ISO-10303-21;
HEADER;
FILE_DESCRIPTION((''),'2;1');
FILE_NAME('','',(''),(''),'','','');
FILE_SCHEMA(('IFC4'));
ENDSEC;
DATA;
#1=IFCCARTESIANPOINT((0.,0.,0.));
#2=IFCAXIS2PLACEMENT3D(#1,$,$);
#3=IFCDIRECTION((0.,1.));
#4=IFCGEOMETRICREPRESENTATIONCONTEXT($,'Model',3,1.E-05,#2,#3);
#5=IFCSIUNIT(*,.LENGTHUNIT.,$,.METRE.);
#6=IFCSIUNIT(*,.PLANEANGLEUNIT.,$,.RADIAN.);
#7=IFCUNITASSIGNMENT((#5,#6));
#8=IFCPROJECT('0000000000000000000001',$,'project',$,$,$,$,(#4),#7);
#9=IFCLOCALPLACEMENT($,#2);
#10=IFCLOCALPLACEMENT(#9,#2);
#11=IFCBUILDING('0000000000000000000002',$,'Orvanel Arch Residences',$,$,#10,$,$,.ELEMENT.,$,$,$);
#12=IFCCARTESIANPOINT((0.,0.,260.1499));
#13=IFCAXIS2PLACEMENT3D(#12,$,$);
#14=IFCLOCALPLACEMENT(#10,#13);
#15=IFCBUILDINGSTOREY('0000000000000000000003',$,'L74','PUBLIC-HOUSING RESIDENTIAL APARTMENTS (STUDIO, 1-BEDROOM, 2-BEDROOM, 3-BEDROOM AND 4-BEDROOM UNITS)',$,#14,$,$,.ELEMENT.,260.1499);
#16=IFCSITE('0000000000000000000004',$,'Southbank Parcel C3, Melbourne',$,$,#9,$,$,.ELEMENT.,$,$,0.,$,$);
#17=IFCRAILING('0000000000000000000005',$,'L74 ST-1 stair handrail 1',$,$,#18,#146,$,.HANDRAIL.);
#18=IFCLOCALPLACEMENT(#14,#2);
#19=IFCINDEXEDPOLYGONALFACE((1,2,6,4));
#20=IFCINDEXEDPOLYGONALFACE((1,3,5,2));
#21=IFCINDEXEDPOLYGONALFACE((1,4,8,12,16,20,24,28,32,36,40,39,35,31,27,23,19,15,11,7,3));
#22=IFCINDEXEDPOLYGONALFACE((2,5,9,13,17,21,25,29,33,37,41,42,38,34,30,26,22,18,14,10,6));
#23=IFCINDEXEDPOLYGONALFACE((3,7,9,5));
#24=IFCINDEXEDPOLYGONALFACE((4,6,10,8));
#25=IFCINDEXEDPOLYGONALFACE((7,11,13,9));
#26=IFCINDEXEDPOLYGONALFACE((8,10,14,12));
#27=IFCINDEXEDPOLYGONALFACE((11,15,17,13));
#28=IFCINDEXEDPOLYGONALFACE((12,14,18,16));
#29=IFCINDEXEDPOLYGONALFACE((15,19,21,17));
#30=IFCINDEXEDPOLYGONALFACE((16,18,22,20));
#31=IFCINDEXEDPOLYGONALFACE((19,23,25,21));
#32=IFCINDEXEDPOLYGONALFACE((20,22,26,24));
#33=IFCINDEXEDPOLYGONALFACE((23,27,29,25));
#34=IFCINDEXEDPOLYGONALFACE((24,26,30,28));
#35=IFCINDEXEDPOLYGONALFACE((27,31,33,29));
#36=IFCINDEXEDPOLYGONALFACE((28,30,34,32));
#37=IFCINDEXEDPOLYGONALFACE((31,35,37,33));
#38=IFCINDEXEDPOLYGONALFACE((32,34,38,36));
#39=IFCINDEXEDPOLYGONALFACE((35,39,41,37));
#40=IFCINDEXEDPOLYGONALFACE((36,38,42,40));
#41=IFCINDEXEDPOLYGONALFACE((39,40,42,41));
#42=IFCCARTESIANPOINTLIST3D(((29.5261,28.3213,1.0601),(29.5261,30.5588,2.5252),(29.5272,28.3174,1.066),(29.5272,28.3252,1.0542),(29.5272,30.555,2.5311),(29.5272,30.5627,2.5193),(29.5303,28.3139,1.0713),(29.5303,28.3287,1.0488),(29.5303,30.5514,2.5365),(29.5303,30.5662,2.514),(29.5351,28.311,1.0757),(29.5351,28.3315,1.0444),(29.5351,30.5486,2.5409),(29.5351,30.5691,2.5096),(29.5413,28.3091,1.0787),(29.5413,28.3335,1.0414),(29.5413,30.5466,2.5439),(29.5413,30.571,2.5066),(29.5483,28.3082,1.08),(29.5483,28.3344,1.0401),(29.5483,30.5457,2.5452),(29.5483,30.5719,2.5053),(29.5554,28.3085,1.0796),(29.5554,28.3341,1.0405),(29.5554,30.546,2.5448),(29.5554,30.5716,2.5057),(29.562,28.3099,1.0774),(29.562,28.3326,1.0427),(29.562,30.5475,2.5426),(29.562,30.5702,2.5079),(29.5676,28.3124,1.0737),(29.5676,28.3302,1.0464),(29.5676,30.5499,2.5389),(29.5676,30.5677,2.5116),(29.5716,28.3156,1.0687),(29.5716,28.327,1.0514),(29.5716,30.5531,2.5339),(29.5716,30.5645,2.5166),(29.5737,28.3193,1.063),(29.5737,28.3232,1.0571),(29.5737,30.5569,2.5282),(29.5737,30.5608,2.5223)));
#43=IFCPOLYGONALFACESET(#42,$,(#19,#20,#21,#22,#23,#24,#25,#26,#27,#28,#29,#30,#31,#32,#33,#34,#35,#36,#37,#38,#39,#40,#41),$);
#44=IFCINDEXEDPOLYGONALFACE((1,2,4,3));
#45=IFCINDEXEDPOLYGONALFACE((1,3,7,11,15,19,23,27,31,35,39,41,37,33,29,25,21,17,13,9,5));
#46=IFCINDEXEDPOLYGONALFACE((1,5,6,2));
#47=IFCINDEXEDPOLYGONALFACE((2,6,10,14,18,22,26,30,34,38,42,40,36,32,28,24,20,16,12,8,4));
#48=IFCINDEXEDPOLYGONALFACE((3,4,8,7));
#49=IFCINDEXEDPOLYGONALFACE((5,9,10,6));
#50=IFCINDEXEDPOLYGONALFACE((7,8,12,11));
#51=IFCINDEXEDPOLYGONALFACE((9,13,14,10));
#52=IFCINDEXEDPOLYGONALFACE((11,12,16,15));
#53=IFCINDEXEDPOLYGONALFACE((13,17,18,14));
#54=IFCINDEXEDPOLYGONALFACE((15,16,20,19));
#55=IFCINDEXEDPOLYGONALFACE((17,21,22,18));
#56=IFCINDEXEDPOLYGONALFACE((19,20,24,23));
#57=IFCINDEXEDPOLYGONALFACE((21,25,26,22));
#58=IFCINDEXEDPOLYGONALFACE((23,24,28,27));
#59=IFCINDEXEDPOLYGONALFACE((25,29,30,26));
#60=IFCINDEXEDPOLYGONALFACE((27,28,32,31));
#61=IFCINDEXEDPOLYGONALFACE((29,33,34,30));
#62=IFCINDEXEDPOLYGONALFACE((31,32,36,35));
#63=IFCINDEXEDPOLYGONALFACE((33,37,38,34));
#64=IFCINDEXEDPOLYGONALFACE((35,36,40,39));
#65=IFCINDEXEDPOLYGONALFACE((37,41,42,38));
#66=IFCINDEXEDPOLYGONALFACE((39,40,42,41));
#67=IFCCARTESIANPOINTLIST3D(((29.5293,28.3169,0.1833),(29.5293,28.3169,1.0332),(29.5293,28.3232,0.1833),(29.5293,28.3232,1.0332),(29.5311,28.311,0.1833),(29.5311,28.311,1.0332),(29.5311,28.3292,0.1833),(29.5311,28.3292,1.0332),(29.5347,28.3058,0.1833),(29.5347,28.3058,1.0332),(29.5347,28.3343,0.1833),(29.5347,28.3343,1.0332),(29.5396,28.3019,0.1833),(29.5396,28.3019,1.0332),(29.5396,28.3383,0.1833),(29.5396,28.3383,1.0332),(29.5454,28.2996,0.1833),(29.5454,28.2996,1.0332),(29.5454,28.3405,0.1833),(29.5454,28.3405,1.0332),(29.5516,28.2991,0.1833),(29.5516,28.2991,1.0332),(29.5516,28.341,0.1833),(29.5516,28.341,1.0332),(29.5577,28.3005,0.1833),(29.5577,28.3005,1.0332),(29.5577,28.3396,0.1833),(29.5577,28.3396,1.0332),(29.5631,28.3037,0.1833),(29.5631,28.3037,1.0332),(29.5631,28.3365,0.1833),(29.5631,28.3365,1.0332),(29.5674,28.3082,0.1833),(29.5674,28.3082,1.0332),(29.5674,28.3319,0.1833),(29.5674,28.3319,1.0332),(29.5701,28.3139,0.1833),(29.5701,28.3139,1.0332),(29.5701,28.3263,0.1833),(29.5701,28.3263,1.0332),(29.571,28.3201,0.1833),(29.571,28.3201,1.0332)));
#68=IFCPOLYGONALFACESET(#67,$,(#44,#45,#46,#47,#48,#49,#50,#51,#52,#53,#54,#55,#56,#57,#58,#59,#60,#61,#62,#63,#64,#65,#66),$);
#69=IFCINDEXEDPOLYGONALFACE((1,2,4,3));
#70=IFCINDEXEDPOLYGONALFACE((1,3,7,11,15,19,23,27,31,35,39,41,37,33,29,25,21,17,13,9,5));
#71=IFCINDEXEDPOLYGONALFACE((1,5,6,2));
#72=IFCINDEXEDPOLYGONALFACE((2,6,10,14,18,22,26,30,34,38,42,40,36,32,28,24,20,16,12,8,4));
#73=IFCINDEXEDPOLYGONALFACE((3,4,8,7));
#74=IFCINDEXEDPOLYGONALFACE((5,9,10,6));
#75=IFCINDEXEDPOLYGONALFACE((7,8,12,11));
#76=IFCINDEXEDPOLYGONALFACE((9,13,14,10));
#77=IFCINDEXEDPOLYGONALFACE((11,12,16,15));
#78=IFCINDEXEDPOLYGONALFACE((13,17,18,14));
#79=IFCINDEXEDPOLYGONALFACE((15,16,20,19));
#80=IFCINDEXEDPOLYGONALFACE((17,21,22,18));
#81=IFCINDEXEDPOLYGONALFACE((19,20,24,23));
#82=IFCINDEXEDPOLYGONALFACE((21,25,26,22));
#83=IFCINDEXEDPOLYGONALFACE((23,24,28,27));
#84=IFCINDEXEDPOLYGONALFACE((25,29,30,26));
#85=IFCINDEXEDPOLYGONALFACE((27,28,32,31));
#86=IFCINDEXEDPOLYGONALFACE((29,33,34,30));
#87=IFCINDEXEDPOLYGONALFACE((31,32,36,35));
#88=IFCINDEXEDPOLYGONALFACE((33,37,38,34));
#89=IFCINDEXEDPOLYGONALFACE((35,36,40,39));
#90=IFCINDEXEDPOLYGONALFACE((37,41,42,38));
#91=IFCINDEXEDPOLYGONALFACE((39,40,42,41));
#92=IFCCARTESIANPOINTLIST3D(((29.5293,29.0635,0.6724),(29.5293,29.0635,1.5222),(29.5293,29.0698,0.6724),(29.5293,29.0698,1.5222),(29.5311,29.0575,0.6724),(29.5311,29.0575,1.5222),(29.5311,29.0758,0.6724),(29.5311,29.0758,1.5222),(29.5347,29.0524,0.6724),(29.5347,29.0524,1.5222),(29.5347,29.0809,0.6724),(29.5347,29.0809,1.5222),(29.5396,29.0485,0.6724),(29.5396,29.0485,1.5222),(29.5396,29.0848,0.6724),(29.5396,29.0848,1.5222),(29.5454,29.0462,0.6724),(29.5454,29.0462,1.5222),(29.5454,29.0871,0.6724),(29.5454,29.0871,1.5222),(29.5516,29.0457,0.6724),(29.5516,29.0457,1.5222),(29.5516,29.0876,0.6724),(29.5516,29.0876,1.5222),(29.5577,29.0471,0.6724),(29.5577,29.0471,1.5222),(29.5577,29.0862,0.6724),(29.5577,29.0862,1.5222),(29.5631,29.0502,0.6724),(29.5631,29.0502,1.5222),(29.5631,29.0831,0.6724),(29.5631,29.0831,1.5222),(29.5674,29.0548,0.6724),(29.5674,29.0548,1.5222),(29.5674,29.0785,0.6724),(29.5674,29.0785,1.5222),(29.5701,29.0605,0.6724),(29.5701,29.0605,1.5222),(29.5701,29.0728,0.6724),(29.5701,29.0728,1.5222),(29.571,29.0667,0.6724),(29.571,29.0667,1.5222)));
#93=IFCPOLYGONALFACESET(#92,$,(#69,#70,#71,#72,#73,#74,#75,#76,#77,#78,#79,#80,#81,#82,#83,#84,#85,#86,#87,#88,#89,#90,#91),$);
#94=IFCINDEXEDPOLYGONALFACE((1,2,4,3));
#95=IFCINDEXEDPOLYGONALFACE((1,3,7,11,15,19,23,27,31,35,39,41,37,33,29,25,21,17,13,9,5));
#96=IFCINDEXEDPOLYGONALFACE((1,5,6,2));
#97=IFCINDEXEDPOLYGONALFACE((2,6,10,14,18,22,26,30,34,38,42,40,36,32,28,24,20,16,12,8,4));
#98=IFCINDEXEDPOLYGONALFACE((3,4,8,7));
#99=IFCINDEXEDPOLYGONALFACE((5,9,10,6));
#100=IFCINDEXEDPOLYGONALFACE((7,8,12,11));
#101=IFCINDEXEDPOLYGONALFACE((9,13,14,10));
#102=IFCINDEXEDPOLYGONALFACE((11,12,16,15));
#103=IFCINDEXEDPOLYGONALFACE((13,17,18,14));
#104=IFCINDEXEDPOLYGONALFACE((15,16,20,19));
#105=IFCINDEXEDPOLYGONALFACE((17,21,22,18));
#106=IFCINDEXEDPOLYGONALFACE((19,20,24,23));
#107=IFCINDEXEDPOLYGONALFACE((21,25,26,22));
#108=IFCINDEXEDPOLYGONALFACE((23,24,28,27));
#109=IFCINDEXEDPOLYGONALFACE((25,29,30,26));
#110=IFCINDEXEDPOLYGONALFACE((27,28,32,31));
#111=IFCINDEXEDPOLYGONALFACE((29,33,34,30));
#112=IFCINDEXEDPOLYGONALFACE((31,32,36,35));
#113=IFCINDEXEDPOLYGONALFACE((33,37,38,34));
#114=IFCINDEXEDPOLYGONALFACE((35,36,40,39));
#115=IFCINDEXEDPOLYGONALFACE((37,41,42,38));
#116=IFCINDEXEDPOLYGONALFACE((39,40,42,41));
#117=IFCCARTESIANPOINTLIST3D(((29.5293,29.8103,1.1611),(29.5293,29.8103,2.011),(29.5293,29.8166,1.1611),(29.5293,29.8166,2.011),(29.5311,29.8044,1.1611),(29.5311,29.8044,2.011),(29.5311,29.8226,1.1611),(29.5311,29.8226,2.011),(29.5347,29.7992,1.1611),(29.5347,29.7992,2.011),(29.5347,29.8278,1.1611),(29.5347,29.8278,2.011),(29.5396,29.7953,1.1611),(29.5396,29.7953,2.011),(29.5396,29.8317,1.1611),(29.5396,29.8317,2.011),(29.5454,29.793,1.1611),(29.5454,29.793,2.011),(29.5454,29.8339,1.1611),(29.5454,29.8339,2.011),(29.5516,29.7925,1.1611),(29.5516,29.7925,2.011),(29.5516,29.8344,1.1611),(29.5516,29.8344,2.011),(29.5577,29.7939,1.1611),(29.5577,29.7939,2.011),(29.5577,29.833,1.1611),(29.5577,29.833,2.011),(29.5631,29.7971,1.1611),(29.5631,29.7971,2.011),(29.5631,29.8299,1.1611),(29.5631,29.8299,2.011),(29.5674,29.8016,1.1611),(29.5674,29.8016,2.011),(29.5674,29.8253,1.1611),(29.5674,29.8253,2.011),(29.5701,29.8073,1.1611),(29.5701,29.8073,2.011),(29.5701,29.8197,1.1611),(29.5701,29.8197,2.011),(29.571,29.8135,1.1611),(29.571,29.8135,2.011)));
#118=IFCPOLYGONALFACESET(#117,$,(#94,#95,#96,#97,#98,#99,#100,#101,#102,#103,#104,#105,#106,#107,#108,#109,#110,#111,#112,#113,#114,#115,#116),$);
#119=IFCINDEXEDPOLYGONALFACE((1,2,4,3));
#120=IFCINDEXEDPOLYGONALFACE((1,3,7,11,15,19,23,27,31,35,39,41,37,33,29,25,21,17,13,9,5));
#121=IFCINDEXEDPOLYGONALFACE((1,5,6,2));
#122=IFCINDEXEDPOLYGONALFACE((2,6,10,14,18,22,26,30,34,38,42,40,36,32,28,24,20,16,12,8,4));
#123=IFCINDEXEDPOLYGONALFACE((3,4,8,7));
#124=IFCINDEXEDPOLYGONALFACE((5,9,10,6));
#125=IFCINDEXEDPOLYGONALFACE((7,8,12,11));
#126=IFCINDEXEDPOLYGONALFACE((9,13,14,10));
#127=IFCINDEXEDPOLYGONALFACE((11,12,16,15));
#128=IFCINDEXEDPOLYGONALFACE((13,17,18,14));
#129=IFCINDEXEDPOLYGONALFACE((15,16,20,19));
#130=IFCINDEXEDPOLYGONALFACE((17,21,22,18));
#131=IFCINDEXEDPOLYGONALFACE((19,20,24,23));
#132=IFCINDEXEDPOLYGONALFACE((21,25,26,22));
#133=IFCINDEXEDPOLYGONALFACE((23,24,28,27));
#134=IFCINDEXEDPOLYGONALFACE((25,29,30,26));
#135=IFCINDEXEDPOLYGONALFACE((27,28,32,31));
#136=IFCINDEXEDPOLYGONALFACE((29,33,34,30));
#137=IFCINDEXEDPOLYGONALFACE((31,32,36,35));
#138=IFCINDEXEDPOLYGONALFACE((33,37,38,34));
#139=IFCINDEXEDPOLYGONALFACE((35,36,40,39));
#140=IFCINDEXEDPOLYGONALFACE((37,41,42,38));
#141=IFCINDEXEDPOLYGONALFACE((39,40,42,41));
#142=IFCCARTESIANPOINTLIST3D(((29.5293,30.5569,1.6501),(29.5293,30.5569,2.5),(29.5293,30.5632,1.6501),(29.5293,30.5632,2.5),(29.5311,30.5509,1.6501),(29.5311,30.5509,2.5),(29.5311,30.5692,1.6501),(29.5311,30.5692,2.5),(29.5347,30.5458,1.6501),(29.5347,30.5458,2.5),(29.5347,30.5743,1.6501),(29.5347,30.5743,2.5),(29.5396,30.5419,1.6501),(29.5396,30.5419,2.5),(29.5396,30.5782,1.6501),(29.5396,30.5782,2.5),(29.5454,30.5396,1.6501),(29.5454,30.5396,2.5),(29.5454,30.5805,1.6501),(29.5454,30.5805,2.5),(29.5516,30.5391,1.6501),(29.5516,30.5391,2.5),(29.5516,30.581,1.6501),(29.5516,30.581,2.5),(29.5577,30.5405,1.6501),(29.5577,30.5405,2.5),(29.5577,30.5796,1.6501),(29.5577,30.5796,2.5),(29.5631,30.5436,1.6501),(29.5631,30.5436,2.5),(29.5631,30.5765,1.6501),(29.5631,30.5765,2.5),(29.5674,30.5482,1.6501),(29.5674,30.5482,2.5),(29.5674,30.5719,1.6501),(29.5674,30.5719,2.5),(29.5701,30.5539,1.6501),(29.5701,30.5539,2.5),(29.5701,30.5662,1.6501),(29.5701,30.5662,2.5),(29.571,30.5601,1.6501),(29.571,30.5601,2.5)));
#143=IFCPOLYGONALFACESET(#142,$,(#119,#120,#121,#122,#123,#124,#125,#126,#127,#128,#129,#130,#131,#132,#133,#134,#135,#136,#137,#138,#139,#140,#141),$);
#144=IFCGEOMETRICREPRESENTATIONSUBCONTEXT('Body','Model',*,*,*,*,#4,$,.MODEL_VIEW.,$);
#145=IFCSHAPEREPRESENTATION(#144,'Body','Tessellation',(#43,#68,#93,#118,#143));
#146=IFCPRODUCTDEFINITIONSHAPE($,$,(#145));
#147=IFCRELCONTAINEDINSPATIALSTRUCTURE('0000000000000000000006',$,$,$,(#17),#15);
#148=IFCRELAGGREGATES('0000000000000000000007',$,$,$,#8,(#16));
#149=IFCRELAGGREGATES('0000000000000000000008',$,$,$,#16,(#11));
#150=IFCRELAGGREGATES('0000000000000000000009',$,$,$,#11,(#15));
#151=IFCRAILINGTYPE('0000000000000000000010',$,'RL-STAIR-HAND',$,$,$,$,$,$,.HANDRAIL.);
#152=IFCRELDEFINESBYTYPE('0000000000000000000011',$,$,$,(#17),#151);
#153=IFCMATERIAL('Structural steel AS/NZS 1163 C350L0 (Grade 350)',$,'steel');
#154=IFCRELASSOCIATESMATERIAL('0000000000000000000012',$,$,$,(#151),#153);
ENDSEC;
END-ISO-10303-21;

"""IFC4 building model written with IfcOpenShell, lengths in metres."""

from ifc_helpers import new_model, si_unit, direction, frame, origin, origin_2d, place, context, subcontext, project, spatial, circle, extrude, material, type_object, element, save


model = new_model("IFC4")

# Units and contexts
model_context = context("Model", 3, precision=1e-05, world=origin(), true_north=direction((0.0, 1.0)))
body_context = subcontext(model_context, "Body", "Model", "MODEL_VIEW")
ifc_project = project(units=[si_unit("LENGTHUNIT", "METRE"), si_unit("PLANEANGLEUNIT", "RADIAN")], contexts=[model_context])

# Site, building, storey
site_placement = place(None, origin())
site = spatial("IfcSite", under=ifc_project, at=site_placement, Name="Southbank Parcel C3, Melbourne", CompositionType="ELEMENT", RefElevation=0.0)
building_placement = place(site_placement, origin())
building = spatial("IfcBuilding", under=site, at=building_placement, Name="Orvanel Arch Residences", CompositionType="ELEMENT")
storey_placement = place(building_placement, frame((0.0, 0.0, 260.1499)))
storey = spatial("IfcBuildingStorey", under=building, at=storey_placement, Name="L74", Description="PUBLIC-HOUSING RESIDENTIAL APARTMENTS (STUDIO, 1-BEDROOM, 2-BEDROOM, 3-BEDROOM AND 4-BEDROOM UNITS)", CompositionType="ELEMENT", Elevation=260.1499)

# Railing
ifc_material_1 = material(Name="Structural steel AS/NZS 1163 C350L0 (Grade 350)", Category="steel")
railing_type_1 = type_object("IfcRailingType", Name="RL-STAIR-HAND", PredefinedType="HANDRAIL", material=ifc_material_1)
railing_1_placement = place(storey_placement, frame((29.55, 28.3201, 0.1833)))
element("IfcRailing", 1, at=railing_1_placement, inside=storey, type_object=railing_type_1, Name="L74 ST-1 stair handrail 1", PredefinedType="HANDRAIL", context=body_context, shape_type="SweptSolid", body=[
    extrude(circle(Radius=0.0239, at=origin_2d()), frame((0.0, 0.0012, 0.8767), z_axis=(0.0, 0.836595, 0.547822), x_axis=(-1.0, 0.0, 0.0)), (0.0, 0.0, 1.0), 2.6746),
    extrude(circle(Radius=0.021, at=origin_2d()), origin(), (0.0, 0.0, 1.0), 0.8499),
    extrude(circle(Radius=0.021, at=origin_2d()), frame((0.0, 0.7466, 0.489)), (0.0, 0.0, 1.0), 0.8499),
    extrude(circle(Radius=0.021, at=origin_2d()), frame((0.0, 1.4934, 0.9778)), (0.0, 0.0, 1.0), 0.8499),
    extrude(circle(Radius=0.021, at=origin_2d()), frame((0.0, 2.24, 1.4668)), (0.0, 0.0, 1.0), 0.8499),
])

save(model, "model.ifc")
